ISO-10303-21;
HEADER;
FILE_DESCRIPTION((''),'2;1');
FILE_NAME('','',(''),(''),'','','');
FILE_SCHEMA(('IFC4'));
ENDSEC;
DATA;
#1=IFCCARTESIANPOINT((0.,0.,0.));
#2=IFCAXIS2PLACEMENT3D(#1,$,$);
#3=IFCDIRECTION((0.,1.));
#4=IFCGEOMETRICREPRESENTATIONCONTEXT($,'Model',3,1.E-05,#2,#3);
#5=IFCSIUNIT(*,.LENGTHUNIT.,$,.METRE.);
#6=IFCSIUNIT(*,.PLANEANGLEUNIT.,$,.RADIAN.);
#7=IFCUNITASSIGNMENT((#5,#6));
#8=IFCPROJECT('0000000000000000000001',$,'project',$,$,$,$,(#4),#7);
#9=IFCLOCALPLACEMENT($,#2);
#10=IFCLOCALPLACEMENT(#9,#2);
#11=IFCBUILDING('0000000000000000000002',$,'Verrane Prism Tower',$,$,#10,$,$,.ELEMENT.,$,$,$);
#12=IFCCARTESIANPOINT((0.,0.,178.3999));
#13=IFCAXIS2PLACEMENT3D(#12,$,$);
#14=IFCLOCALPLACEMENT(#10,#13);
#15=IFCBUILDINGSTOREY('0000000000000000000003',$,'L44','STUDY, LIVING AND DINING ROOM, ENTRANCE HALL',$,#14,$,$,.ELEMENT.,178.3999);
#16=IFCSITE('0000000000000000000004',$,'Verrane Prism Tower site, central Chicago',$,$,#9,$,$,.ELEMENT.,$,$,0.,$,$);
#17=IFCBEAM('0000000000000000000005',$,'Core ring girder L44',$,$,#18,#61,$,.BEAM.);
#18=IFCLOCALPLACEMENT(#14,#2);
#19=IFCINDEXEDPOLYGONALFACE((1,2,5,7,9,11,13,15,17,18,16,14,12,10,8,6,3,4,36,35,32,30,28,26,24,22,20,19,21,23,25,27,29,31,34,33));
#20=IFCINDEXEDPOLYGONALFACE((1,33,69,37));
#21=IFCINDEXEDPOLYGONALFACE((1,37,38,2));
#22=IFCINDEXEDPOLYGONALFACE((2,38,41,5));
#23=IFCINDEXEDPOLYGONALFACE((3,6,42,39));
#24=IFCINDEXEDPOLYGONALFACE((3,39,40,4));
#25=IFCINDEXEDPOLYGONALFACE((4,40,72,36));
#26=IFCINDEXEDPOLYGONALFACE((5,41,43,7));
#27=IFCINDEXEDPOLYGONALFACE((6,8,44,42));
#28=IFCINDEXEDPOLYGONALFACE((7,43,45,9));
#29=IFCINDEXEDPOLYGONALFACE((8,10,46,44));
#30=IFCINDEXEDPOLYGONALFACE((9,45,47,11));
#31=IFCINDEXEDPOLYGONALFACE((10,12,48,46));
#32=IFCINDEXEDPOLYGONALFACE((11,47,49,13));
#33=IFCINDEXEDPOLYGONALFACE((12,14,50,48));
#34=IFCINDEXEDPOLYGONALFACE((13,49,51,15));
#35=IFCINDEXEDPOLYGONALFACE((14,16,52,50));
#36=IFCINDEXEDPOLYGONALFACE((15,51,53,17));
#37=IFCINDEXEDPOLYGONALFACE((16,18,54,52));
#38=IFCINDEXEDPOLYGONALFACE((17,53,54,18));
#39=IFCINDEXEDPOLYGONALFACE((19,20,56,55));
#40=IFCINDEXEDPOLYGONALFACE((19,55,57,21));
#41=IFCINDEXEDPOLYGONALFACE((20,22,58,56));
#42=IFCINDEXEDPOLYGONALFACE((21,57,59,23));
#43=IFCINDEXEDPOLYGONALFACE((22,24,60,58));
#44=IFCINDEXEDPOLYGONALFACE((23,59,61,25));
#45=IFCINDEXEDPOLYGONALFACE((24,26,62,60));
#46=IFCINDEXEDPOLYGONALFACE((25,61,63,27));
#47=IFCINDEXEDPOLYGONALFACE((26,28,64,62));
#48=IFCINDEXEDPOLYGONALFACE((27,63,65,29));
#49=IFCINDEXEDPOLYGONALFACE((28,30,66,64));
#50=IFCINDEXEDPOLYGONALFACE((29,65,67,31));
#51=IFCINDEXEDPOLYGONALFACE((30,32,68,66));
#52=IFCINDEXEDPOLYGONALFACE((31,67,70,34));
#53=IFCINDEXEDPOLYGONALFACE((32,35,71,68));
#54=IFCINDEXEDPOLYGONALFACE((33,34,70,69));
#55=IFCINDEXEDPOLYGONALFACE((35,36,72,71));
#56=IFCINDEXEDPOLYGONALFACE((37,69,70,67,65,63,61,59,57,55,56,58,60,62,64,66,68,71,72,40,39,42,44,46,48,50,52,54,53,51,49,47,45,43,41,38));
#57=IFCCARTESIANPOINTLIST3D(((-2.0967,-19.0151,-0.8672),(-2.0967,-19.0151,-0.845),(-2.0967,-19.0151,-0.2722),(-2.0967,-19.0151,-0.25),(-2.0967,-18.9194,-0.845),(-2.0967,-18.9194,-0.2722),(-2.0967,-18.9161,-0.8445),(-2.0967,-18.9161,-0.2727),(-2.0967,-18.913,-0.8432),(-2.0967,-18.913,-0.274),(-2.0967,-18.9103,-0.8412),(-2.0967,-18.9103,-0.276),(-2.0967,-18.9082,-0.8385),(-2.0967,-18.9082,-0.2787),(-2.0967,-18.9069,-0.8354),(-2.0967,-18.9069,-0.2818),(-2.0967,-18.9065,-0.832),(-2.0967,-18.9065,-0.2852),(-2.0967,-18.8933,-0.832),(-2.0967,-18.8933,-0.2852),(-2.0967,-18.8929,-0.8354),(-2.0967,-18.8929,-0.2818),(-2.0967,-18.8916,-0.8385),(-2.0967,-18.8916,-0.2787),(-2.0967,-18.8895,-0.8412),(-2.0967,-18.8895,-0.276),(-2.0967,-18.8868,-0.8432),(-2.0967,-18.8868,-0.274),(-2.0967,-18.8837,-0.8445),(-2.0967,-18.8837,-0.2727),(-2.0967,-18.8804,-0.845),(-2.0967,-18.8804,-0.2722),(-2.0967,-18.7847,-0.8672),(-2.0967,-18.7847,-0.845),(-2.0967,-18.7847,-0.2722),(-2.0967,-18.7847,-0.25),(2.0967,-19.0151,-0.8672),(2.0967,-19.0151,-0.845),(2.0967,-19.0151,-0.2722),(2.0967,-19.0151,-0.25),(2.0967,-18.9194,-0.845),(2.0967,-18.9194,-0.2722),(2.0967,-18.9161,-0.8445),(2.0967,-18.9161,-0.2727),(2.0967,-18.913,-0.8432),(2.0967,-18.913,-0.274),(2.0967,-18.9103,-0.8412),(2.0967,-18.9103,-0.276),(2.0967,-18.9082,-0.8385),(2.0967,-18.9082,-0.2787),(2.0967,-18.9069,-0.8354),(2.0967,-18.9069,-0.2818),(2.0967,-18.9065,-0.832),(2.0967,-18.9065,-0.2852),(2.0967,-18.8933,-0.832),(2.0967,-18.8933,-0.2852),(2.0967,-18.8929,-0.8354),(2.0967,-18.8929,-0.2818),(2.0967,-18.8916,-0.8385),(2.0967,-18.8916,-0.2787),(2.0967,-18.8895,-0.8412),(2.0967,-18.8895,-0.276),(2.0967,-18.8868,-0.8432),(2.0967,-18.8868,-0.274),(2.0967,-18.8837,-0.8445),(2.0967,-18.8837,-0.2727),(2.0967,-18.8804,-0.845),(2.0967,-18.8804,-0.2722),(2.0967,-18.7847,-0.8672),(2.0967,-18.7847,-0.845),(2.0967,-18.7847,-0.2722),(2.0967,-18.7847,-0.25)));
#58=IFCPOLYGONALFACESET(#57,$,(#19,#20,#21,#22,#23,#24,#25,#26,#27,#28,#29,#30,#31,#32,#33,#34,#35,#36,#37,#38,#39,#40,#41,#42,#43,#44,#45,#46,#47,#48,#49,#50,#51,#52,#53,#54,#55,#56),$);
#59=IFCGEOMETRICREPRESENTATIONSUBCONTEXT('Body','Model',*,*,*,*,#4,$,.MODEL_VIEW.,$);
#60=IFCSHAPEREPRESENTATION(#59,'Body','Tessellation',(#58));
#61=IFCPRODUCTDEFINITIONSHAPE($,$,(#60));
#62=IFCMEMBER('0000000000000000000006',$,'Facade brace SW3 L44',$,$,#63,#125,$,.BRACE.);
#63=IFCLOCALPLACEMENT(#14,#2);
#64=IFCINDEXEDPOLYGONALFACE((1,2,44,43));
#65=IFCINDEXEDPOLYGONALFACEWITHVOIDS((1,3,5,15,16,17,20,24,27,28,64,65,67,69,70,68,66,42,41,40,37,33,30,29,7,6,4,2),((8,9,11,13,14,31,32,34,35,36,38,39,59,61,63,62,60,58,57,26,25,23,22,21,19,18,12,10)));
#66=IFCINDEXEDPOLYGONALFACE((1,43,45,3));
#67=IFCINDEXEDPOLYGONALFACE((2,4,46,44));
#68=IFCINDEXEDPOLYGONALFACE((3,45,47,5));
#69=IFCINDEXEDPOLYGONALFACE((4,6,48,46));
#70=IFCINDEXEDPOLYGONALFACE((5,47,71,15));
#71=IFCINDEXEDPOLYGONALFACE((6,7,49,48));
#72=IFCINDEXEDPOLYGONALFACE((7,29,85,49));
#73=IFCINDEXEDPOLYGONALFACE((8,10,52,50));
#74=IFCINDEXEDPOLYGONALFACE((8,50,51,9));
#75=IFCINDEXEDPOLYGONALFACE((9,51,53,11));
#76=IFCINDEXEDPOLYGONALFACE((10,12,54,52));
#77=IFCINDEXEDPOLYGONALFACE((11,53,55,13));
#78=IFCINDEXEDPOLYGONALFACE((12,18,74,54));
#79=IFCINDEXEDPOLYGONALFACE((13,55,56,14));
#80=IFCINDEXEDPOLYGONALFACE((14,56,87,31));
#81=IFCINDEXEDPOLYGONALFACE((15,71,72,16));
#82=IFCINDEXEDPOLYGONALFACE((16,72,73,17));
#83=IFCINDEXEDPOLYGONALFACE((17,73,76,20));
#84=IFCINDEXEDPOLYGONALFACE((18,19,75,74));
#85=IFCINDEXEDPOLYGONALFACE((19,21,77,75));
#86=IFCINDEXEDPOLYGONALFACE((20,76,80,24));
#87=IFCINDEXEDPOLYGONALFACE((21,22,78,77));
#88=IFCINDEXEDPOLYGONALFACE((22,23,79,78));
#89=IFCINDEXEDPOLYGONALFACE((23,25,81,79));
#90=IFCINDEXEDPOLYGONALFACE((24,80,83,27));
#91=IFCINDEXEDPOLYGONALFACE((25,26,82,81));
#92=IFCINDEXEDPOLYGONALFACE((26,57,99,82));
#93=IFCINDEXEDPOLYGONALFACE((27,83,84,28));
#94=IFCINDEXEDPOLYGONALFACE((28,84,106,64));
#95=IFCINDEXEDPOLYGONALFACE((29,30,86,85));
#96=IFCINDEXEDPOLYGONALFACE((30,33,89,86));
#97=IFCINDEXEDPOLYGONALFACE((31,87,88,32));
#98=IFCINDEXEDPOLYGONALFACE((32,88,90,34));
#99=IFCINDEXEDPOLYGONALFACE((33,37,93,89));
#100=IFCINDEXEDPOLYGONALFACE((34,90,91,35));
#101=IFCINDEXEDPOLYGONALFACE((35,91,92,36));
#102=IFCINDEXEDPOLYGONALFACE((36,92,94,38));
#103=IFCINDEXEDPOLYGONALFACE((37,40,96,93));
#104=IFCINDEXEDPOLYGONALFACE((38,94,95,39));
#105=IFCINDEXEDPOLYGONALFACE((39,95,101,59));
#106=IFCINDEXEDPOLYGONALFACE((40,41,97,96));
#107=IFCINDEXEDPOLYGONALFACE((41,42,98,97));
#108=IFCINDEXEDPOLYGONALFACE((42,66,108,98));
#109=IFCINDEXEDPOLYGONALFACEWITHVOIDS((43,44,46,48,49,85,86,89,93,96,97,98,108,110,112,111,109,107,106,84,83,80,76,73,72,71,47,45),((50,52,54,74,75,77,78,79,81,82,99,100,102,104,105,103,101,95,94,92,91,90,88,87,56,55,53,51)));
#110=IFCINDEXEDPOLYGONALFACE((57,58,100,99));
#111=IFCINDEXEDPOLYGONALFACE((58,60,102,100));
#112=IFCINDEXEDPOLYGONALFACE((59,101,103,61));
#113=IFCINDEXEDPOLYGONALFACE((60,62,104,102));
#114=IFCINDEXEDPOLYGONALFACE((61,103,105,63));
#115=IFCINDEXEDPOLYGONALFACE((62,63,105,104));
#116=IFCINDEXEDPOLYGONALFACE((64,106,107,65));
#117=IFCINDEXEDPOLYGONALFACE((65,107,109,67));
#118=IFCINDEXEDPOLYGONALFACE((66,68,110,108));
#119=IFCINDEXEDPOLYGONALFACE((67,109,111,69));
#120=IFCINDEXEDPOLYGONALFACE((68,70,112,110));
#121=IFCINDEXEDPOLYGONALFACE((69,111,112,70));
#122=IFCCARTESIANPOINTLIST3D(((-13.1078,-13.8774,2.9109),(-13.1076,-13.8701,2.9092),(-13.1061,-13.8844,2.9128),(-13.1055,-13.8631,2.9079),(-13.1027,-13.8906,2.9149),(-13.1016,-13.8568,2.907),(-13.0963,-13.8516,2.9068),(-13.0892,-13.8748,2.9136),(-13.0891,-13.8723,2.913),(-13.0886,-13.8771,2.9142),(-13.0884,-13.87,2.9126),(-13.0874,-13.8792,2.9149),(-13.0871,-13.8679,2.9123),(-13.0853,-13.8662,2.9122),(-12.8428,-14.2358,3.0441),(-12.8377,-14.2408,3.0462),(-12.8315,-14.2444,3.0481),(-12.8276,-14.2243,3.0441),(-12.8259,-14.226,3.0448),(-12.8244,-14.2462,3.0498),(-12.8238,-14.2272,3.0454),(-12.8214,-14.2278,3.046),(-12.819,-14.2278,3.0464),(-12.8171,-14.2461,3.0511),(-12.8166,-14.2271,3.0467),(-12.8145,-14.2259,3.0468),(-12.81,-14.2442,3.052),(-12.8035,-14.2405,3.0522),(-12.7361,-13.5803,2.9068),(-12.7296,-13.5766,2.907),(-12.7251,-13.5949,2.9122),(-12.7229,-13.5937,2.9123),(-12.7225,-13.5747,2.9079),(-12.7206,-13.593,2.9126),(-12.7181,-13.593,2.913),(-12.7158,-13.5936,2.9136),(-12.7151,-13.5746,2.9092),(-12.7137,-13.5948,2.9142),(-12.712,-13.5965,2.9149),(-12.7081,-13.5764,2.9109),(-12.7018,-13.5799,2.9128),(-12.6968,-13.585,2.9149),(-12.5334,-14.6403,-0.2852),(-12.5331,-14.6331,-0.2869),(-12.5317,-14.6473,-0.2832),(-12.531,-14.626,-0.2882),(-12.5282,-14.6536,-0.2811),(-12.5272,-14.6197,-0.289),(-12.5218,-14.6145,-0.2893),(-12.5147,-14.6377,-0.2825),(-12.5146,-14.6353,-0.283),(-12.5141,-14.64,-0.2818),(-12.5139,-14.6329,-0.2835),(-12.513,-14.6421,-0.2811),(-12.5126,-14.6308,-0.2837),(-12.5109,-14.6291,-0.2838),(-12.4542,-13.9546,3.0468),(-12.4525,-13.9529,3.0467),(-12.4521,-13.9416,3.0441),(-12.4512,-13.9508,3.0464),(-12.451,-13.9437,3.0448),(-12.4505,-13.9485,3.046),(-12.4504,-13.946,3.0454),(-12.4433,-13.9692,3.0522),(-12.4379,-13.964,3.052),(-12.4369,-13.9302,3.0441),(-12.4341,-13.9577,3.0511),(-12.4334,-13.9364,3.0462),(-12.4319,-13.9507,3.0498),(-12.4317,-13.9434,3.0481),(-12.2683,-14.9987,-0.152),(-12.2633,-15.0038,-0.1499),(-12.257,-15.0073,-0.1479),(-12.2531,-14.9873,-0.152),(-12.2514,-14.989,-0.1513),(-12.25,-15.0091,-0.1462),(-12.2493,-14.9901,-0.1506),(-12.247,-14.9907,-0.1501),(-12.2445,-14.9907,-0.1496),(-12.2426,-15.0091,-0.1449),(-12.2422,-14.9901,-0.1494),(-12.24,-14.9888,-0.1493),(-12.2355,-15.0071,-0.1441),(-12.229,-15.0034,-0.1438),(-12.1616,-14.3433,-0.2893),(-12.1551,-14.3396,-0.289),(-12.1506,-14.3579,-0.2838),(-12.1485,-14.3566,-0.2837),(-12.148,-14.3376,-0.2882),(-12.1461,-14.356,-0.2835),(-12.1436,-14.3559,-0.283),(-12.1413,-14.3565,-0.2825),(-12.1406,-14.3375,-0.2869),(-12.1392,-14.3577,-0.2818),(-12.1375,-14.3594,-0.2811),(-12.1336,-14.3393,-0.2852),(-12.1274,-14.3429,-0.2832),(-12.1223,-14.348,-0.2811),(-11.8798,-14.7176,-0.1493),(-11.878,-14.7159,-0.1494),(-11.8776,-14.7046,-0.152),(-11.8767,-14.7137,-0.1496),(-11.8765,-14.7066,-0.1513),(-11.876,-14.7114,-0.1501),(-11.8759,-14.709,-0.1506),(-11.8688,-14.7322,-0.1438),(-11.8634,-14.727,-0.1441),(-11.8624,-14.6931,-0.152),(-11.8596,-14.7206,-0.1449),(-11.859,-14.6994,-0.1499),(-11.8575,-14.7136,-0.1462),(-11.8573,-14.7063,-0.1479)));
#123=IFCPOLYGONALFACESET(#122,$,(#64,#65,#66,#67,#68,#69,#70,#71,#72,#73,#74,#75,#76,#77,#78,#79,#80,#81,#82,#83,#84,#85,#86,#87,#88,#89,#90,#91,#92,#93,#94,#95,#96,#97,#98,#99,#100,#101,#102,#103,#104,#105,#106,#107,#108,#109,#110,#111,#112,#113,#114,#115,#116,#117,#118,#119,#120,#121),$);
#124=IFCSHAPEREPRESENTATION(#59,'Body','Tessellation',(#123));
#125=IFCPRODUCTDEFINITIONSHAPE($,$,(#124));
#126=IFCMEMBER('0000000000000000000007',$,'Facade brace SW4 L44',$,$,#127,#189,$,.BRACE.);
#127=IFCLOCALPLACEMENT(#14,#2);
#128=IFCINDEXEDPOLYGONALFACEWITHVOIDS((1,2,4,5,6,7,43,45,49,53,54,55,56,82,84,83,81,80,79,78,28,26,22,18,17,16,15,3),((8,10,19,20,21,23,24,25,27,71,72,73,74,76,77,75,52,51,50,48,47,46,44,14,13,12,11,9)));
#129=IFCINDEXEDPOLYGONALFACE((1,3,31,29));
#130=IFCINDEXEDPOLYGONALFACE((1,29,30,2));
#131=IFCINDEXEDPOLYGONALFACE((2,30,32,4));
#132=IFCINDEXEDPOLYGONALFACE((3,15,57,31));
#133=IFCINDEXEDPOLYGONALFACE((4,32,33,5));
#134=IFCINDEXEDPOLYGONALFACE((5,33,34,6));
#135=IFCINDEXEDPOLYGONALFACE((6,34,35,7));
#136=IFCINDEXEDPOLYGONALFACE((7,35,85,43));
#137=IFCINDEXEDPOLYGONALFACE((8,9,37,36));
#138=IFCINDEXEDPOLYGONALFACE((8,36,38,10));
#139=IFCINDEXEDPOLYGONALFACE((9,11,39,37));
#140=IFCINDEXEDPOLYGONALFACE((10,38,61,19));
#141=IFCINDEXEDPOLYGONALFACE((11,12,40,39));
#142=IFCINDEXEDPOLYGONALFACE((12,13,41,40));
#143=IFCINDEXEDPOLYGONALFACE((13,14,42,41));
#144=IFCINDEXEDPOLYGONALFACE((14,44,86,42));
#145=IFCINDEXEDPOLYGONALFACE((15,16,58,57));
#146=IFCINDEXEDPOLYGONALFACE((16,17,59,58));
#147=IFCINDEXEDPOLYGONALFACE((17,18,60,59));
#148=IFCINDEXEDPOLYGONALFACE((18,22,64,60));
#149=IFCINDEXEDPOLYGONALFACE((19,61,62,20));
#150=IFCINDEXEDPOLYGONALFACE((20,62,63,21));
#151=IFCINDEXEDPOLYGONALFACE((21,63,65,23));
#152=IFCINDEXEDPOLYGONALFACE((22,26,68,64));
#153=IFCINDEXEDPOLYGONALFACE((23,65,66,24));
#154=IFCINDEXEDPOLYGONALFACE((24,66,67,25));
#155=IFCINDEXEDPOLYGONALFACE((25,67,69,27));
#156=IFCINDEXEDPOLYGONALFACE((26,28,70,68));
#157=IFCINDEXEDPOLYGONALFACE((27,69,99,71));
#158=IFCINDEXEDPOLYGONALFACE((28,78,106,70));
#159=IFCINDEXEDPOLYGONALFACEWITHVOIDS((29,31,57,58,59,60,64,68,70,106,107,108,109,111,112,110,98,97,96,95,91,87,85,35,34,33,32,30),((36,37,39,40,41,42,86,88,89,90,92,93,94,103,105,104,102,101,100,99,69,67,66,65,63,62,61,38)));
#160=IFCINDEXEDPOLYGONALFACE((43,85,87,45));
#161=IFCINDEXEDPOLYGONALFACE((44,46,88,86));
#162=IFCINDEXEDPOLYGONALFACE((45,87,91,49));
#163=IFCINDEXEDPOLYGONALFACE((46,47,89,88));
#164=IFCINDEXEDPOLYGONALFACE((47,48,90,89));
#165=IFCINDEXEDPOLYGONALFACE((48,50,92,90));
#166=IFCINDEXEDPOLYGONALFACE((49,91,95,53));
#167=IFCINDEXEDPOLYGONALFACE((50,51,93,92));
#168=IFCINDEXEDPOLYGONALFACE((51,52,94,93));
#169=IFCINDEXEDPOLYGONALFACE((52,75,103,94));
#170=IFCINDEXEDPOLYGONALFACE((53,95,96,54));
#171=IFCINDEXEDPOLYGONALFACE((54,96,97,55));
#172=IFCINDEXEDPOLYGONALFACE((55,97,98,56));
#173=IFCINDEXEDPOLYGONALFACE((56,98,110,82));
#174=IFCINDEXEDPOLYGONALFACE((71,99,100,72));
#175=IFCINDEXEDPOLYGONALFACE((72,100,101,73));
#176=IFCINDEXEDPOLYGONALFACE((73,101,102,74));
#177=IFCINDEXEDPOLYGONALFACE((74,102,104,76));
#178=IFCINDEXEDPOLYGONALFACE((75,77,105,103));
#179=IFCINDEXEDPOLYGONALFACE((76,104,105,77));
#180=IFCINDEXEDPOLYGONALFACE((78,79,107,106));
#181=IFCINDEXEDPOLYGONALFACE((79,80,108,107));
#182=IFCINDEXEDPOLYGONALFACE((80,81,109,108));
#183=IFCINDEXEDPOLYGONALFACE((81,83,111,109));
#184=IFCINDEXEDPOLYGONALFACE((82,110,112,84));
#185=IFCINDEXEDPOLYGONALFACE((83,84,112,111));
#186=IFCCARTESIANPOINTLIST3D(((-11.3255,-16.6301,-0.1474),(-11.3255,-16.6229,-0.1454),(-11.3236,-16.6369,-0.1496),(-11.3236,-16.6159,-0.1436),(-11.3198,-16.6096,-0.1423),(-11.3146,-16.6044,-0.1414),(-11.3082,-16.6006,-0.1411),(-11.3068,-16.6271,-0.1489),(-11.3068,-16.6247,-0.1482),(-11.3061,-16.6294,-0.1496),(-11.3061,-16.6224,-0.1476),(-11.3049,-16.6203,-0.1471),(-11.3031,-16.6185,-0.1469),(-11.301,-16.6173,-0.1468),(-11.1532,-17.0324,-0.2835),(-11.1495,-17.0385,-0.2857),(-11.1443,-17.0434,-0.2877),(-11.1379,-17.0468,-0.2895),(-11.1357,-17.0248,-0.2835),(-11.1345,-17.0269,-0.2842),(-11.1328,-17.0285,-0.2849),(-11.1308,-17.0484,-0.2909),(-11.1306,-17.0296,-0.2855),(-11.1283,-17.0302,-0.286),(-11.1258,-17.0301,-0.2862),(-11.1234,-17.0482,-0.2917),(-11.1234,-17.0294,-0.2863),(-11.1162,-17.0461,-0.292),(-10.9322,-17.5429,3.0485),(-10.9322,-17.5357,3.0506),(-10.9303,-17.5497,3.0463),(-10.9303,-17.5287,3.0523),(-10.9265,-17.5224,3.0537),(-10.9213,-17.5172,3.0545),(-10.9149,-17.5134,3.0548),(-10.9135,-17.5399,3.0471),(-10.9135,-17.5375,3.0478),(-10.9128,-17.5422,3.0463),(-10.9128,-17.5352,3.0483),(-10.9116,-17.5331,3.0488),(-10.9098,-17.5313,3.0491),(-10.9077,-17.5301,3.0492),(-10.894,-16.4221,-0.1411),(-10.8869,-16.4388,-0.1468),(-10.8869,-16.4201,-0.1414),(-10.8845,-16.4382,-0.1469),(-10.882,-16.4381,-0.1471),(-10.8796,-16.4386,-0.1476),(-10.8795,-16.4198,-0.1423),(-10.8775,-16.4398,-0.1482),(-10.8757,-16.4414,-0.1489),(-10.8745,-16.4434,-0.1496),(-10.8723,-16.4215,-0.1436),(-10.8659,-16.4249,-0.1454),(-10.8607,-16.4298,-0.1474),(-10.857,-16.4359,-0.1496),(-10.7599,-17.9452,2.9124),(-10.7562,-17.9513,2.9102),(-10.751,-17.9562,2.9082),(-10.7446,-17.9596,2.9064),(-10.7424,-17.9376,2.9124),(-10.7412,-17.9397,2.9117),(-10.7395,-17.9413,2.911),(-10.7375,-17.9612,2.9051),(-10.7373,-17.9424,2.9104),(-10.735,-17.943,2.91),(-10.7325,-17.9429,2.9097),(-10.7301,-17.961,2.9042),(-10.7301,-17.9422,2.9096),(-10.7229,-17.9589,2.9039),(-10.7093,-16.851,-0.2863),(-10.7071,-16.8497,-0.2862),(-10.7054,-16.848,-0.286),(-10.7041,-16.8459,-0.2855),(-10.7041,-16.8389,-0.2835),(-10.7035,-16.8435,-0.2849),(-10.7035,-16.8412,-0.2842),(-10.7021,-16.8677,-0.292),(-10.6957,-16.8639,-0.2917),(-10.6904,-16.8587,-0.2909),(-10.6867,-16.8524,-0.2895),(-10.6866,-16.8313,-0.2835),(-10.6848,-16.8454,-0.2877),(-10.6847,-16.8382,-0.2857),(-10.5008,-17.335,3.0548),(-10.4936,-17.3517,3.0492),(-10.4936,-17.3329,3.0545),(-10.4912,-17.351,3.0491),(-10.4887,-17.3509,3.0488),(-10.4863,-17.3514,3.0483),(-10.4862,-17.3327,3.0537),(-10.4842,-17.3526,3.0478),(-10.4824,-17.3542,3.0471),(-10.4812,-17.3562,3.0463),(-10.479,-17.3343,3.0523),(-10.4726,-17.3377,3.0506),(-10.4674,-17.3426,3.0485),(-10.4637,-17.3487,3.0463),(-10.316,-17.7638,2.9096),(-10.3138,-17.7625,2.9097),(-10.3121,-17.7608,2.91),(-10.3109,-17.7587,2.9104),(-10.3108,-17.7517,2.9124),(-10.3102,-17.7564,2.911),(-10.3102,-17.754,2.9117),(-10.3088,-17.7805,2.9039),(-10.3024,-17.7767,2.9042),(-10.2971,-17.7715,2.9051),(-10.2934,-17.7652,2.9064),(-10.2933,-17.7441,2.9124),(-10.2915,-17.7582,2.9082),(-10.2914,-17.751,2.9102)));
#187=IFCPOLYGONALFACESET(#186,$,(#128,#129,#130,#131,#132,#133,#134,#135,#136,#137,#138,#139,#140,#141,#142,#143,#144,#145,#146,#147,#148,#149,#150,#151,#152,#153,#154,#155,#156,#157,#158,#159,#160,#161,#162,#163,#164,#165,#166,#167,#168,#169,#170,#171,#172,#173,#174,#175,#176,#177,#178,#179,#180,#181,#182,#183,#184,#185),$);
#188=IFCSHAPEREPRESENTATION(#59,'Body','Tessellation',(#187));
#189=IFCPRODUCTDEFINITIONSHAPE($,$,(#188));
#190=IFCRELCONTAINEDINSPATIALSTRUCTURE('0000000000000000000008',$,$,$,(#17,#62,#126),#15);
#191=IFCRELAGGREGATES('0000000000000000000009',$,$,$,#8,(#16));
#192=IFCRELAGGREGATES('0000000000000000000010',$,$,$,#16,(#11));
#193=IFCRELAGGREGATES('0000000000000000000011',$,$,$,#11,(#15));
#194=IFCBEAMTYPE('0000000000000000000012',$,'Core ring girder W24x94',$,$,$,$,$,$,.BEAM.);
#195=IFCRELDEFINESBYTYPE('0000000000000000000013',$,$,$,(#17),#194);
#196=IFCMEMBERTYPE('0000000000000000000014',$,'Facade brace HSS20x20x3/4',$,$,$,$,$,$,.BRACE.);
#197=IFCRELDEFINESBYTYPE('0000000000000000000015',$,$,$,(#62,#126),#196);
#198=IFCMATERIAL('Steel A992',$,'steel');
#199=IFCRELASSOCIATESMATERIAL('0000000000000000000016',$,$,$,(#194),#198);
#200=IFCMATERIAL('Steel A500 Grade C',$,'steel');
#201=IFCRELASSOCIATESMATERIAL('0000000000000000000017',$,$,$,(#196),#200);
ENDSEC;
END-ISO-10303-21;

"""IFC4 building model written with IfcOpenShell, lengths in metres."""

from ifc_helpers import new_model, si_unit, direction, frame, origin, origin_2d, place, context, subcontext, project, spatial, hollow_rectangle, i_section, extrude, material, material_profile, profile_set, type_object, element, save


model = new_model("IFC4")

# Units and contexts
model_context = context("Model", 3, precision=1e-05, world=origin(), true_north=direction((0.0, 1.0)))
body_context = subcontext(model_context, "Body", "Model", "MODEL_VIEW")
ifc_project = project(units=[si_unit("LENGTHUNIT", "METRE"), si_unit("PLANEANGLEUNIT", "RADIAN")], contexts=[model_context])

# Site, building, storey
site_placement = place(None, origin())
site = spatial("IfcSite", under=ifc_project, at=site_placement, Name="Verrane Prism Tower site, central Chicago", CompositionType="ELEMENT", RefElevation=0.0)
building_placement = place(site_placement, origin())
building = spatial("IfcBuilding", under=site, at=building_placement, Name="Verrane Prism Tower", CompositionType="ELEMENT")
storey_placement = place(building_placement, frame((0.0, 0.0, 178.3999)))
storey = spatial("IfcBuildingStorey", under=building, at=storey_placement, Name="L44", Description="STUDY, LIVING AND DINING ROOM, ENTRANCE HALL", CompositionType="ELEMENT", Elevation=178.3999)

# Beam
ifc_material_1 = material(Name="Steel A992", Category="steel")
ifc_material_profile_1 = material_profile(ifc_material_1, i_section(OverallWidth=0.2305, OverallDepth=0.6172, WebThickness=0.0132, FlangeThickness=0.0222, FilletRadius=0.0129, at=origin_2d()), Name="W24x94")
ifc_profile_set_1 = profile_set([ifc_material_profile_1], Name="Steel A992")
beam_type_1 = type_object("IfcBeamType", Name="Core ring girder W24x94", PredefinedType="BEAM", material=ifc_profile_set_1)
beam_1_placement = place(storey_placement, frame((-2.0967, -18.8999, -0.5586), z_axis=(1.0, 0.0, 0.0), x_axis=(0.0, 1.0, 0.0)))
element("IfcBeam", 1, at=beam_1_placement, inside=storey, type_object=beam_type_1, Name="Core ring girder L44", PredefinedType="BEAM", context=body_context, shape_type="SweptSolid", body=[
    extrude(i_section(OverallWidth=0.2305, OverallDepth=0.6172, WebThickness=0.0132, FlangeThickness=0.0222, FilletRadius=0.0129, at=origin_2d()), origin(), (0.0, 0.0, 1.0), 4.1934),
])

# Members
ifc_material_2 = material(Name="Steel A500 Grade C", Category="steel")
ifc_material_profile_2 = material_profile(ifc_material_2, hollow_rectangle(XDim=0.5081, YDim=0.5081, WallThickness=0.019, InnerFilletRadius=0.0095, OuterFilletRadius=0.0286, at=origin_2d()), Name="HSS20x20x3/4")
ifc_profile_set_2 = profile_set([ifc_material_profile_2], Name="Steel A500 Grade C")
member_type_1 = type_object("IfcMemberType", Name="Facade brace HSS20x20x3/4", PredefinedType="BRACE", material=ifc_profile_set_2)
member_1_placement = place(storey_placement, frame((-12.1953, -14.6733, -0.2166), z_axis=(-0.172217, 0.228721, 0.958138), x_axis=(-0.798864, -0.601512, 0.0)))
element("IfcMember", 2, at=member_1_placement, inside=storey, type_object=member_type_1, Name="Facade brace SW3 L44", PredefinedType="BRACE", context=body_context, shape_type="SweptSolid", body=[
    extrude(hollow_rectangle(XDim=0.5081, YDim=0.5081, WallThickness=0.019, InnerFilletRadius=0.0095, OuterFilletRadius=0.0286, at=origin_2d()), origin(), (0.0, 0.0, 1.0), 3.3357),
])
member_2_placement = place(storey_placement, frame((-11.0051, -16.7341, -0.2166), z_axis=(0.11751, -0.272731, 0.954887), x_axis=(0.918381, 0.395697, 0.0)))
element("IfcMember", 3, at=member_2_placement, inside=storey, type_object=member_type_1, Name="Facade brace SW4 L44", PredefinedType="BRACE", context=body_context, shape_type="SweptSolid", body=[
    extrude(hollow_rectangle(XDim=0.5081, YDim=0.5081, WallThickness=0.019, InnerFilletRadius=0.0095, OuterFilletRadius=0.0286, at=origin_2d()), origin(), (0.0, 0.0, 1.0), 3.3469),
])

save(model, "model.ifc")
